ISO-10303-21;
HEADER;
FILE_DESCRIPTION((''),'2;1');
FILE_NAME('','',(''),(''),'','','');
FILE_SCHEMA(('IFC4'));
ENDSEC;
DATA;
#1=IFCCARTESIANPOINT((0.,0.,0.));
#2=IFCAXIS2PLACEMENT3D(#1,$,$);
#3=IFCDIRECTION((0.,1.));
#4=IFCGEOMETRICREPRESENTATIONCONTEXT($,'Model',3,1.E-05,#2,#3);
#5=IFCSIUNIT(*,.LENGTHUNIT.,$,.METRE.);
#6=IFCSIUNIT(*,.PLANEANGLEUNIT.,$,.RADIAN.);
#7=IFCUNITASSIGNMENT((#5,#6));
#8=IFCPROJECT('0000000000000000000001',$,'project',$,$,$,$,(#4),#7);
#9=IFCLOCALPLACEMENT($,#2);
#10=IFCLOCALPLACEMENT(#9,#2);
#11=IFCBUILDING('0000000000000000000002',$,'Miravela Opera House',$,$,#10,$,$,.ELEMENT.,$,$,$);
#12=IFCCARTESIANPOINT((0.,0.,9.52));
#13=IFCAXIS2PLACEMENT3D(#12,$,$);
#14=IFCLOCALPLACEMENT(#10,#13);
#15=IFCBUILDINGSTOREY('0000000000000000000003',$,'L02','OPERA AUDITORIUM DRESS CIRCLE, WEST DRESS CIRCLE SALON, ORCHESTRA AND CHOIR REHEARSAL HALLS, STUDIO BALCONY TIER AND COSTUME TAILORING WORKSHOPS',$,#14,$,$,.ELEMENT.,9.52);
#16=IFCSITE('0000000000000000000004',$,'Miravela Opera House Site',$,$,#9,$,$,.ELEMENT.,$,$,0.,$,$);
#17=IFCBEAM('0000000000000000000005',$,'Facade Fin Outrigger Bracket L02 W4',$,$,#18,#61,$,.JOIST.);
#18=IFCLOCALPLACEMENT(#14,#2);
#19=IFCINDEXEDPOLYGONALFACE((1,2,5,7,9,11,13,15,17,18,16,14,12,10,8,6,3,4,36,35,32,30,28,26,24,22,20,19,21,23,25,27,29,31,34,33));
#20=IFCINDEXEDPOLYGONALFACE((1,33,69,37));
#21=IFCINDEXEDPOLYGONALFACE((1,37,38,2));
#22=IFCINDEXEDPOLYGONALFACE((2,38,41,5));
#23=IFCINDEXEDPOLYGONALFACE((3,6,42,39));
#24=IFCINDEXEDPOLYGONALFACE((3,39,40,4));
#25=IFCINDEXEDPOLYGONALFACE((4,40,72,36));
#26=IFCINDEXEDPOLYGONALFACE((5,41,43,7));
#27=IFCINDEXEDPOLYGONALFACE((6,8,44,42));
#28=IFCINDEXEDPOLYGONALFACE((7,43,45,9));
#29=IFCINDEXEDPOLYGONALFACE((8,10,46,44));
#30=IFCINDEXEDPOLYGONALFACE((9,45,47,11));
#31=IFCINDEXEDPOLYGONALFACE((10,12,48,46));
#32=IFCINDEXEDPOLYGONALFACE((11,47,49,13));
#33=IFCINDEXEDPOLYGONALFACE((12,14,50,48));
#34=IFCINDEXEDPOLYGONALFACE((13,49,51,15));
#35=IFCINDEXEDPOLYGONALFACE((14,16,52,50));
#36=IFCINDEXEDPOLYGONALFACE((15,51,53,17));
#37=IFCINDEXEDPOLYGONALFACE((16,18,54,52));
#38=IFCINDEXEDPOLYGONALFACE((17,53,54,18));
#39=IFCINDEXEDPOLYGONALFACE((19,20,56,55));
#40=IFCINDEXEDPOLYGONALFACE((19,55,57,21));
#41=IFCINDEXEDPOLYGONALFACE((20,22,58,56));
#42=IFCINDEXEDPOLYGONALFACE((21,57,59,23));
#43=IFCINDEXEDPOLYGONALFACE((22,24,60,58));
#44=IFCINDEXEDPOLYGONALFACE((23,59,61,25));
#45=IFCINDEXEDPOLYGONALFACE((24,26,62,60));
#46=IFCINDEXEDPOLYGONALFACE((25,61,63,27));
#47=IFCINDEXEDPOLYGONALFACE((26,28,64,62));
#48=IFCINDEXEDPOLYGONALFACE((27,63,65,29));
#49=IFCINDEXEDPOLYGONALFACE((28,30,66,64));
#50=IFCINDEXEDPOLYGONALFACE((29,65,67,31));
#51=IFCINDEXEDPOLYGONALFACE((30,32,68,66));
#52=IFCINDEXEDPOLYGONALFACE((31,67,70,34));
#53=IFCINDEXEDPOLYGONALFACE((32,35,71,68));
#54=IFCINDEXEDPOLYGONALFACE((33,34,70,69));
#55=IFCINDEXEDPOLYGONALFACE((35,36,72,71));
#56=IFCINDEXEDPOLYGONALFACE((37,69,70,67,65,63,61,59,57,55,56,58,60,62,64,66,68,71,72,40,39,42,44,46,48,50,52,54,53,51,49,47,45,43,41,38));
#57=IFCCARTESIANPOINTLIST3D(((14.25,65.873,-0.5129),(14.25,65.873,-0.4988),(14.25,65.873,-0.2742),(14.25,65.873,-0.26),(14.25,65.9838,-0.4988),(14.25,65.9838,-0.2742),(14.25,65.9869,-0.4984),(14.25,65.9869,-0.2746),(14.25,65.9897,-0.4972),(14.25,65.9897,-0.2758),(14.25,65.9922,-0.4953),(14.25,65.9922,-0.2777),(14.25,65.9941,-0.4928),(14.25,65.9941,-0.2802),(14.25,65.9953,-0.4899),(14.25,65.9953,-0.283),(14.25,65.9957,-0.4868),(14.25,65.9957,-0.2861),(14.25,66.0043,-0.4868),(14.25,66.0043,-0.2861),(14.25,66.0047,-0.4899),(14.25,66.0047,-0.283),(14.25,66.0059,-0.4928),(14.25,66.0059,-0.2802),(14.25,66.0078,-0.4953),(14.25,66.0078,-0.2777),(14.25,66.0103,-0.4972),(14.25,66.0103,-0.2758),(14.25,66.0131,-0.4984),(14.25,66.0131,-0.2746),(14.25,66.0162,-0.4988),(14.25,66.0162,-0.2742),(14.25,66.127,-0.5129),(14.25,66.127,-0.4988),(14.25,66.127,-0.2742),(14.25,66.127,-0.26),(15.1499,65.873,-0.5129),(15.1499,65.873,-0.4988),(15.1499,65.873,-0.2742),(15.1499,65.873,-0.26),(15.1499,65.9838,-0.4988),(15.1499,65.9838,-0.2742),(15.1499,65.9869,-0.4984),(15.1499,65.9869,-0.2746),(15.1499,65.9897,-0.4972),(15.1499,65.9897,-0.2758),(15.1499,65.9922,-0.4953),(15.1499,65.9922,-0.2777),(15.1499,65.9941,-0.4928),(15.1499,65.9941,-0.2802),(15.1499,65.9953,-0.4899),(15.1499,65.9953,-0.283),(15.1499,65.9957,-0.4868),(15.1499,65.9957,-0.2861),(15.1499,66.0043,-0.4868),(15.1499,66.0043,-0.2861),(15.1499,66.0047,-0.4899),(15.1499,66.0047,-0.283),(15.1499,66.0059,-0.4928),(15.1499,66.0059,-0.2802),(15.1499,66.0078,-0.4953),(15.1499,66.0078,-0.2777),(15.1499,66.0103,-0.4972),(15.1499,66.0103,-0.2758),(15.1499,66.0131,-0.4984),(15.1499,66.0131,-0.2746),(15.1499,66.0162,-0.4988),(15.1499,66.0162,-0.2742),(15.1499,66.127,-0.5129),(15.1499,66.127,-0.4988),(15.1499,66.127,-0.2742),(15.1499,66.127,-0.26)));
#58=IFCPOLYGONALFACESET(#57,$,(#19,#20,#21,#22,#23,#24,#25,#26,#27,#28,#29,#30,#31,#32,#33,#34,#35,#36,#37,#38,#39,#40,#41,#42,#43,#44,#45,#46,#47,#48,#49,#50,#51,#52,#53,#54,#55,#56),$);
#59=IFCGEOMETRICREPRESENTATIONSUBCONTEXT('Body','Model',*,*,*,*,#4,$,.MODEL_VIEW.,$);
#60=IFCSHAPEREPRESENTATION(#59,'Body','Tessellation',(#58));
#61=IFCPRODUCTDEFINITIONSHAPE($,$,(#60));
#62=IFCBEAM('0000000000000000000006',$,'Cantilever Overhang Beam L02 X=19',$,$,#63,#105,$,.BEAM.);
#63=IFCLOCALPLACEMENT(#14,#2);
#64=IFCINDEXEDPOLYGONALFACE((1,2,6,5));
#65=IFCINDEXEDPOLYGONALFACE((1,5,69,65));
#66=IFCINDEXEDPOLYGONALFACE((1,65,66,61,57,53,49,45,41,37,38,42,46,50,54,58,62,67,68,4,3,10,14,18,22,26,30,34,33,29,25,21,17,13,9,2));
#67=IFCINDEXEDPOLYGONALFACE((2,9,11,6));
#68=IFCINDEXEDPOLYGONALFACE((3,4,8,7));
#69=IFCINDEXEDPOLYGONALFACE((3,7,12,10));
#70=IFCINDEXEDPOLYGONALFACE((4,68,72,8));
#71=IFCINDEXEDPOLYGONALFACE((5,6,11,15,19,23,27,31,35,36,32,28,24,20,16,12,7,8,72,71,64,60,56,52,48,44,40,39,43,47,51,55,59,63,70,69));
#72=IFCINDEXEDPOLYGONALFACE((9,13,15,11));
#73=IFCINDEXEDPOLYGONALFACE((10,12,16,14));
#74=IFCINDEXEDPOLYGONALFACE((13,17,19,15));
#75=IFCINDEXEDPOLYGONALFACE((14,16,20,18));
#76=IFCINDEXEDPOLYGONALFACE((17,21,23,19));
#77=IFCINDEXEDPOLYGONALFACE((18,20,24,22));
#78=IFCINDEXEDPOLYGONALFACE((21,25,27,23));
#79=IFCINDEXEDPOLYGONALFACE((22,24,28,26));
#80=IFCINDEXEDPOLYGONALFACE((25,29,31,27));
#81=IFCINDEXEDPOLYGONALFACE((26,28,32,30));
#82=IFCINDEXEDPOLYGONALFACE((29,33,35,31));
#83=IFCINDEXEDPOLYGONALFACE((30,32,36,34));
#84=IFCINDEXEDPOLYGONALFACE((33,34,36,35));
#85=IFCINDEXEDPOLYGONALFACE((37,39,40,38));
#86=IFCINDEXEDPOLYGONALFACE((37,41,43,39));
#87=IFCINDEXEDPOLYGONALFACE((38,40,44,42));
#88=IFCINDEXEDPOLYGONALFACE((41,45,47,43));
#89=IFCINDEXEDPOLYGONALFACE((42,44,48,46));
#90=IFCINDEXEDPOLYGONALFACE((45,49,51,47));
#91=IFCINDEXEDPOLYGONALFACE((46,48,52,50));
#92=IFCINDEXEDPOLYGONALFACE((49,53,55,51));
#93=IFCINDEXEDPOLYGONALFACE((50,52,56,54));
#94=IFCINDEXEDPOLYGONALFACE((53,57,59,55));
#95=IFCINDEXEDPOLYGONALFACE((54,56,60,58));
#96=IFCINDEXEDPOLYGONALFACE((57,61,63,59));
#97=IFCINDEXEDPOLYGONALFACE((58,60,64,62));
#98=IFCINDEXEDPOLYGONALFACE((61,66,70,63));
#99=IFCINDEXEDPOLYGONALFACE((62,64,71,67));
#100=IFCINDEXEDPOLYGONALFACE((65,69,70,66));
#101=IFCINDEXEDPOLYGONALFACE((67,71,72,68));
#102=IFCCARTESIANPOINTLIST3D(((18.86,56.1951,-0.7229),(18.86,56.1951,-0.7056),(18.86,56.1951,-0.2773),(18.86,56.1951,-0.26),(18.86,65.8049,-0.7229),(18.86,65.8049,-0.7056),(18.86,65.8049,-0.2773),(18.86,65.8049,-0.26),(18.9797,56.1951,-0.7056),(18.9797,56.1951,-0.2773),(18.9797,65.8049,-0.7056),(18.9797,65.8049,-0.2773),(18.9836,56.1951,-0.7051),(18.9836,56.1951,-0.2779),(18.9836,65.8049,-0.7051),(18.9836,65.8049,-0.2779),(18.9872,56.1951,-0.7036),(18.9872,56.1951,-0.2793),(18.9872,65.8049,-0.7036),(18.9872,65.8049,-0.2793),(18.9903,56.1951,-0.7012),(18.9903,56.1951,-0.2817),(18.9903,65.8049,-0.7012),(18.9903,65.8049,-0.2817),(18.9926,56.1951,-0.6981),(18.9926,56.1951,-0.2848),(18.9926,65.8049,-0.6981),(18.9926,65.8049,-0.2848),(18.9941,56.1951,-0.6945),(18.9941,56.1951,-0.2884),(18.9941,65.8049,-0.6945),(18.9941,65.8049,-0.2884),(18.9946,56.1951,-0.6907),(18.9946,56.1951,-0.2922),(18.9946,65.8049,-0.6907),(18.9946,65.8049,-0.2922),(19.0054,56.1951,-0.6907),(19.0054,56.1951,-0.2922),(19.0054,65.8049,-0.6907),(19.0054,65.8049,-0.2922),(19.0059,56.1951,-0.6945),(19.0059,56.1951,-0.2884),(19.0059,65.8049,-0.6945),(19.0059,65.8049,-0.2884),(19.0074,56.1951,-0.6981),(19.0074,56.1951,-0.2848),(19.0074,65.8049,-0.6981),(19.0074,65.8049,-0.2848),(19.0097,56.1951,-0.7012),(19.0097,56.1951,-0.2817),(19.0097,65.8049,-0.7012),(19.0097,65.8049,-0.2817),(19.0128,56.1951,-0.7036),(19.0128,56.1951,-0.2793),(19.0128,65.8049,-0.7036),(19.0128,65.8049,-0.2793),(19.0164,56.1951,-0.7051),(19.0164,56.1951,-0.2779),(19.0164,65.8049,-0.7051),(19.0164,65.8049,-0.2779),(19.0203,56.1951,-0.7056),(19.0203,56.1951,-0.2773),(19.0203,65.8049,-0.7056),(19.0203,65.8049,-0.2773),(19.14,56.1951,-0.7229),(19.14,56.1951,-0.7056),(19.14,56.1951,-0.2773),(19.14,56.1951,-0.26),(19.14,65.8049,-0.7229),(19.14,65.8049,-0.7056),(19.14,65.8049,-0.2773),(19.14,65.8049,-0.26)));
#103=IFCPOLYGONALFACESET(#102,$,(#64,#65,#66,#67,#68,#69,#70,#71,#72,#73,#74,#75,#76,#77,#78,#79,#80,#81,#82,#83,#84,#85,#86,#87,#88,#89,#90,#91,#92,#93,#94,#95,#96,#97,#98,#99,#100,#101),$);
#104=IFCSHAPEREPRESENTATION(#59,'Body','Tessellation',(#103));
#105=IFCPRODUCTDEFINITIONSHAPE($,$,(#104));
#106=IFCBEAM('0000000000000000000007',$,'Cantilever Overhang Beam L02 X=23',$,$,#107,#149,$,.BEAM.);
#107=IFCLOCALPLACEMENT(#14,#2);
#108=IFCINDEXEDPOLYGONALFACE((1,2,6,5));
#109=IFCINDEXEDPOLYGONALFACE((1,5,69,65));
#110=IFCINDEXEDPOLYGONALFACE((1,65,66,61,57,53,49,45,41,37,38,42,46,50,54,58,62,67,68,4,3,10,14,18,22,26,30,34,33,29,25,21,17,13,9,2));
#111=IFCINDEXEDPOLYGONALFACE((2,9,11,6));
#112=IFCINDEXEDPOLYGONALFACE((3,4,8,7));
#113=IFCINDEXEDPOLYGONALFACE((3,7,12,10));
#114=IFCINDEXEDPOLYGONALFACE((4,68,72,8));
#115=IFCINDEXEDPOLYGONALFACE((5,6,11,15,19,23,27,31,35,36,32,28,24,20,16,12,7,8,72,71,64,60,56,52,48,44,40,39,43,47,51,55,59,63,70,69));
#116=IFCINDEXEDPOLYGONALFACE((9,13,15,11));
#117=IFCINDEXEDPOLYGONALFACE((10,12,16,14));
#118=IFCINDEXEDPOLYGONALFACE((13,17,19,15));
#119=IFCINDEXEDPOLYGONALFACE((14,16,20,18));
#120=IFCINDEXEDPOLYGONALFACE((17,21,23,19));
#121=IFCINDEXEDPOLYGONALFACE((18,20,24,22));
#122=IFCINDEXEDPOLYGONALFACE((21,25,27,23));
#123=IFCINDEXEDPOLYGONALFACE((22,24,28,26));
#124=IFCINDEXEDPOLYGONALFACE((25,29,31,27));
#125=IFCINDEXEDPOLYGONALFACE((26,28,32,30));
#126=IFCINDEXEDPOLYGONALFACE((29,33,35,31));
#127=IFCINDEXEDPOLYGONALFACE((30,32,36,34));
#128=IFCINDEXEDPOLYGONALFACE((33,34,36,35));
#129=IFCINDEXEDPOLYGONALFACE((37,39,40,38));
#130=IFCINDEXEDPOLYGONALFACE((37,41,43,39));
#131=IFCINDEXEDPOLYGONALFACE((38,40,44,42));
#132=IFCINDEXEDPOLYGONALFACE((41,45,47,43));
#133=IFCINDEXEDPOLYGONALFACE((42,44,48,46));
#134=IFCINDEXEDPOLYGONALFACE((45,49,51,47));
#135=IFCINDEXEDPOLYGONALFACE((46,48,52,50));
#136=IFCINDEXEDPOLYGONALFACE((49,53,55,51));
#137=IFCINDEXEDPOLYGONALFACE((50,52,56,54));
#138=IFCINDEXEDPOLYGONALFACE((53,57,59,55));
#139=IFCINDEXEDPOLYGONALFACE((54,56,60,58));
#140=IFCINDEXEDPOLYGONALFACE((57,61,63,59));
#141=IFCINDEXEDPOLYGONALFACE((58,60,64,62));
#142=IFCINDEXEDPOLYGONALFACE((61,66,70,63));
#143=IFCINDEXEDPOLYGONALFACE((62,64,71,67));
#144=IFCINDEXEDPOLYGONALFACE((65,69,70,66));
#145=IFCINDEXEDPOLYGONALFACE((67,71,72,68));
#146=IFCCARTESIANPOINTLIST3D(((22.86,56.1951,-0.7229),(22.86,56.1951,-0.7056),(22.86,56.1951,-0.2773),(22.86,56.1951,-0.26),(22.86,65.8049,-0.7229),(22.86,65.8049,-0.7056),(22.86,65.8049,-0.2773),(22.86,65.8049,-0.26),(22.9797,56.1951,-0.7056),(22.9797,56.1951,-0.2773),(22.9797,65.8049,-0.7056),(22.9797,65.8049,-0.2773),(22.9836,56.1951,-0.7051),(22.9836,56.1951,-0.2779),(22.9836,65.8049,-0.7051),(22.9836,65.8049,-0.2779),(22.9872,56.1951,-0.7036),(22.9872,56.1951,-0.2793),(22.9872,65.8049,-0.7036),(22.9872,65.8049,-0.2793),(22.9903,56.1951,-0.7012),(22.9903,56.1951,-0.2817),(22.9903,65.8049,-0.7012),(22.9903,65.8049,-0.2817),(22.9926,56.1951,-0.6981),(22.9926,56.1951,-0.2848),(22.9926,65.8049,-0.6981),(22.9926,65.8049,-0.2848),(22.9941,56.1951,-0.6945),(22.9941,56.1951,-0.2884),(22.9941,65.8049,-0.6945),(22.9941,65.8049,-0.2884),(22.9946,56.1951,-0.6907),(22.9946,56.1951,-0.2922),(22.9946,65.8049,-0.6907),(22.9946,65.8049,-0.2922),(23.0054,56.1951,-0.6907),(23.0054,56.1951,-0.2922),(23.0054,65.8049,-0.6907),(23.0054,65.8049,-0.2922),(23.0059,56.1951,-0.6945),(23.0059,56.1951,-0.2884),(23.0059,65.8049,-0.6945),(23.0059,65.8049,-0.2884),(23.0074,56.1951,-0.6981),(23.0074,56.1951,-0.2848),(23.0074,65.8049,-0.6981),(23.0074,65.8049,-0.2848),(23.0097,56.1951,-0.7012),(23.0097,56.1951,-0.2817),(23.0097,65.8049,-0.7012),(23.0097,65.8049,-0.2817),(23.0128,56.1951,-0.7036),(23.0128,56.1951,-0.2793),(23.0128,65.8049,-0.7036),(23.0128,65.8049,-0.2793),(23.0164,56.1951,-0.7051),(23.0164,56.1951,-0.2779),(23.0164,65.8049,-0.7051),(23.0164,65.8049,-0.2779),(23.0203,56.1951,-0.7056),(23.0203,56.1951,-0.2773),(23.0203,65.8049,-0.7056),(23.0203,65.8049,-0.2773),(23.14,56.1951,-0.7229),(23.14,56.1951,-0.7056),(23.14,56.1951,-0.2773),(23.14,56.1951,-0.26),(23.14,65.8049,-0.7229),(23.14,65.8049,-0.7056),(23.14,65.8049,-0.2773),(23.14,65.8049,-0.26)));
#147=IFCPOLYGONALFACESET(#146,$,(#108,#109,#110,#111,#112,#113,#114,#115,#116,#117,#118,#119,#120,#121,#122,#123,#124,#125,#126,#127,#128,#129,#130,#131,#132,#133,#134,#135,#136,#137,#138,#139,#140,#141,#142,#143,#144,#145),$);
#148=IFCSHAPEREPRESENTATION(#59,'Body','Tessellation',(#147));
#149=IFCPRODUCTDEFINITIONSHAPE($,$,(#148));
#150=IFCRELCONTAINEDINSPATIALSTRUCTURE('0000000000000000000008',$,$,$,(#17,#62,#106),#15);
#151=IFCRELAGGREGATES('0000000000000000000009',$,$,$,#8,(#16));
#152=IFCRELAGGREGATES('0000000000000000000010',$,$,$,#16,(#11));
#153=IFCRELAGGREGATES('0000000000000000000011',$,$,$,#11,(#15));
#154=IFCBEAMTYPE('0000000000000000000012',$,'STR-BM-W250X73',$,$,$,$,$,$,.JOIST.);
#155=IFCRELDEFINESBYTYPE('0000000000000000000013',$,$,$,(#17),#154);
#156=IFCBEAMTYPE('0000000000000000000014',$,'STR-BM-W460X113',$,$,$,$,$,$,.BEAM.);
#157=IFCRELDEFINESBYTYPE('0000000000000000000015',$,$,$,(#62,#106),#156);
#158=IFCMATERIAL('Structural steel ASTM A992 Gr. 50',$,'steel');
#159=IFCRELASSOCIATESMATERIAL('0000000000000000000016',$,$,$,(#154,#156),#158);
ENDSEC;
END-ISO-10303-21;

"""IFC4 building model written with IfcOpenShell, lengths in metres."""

from ifc_helpers import new_model, si_unit, direction, frame, origin, origin_2d, place, context, subcontext, project, spatial, i_section, extrude, material, material_profile, profile_set, type_object, element, save


model = new_model("IFC4")

# Units and contexts
model_context = context("Model", 3, precision=1e-05, world=origin(), true_north=direction((0.0, 1.0)))
body_context = subcontext(model_context, "Body", "Model", "MODEL_VIEW")
ifc_project = project(units=[si_unit("LENGTHUNIT", "METRE"), si_unit("PLANEANGLEUNIT", "RADIAN")], contexts=[model_context])

# Site, building, storey
site_placement = place(None, origin())
site = spatial("IfcSite", under=ifc_project, at=site_placement, Name="Miravela Opera House Site", CompositionType="ELEMENT", RefElevation=0.0)
building_placement = place(site_placement, origin())
building = spatial("IfcBuilding", under=site, at=building_placement, Name="Miravela Opera House", CompositionType="ELEMENT")
storey_placement = place(building_placement, frame((0.0, 0.0, 9.52)))
storey = spatial("IfcBuildingStorey", under=building, at=storey_placement, Name="L02", Description="OPERA AUDITORIUM DRESS CIRCLE, WEST DRESS CIRCLE SALON, ORCHESTRA AND CHOIR REHEARSAL HALLS, STUDIO BALCONY TIER AND COSTUME TAILORING WORKSHOPS", CompositionType="ELEMENT", Elevation=9.52)

# Beams
ifc_material_1 = material(Name="Structural steel ASTM A992 Gr. 50", Category="steel")
ifc_material_profile_1 = material_profile(ifc_material_1, i_section(OverallWidth=0.2539, OverallDepth=0.2529, WebThickness=0.0085, FlangeThickness=0.0142, FilletRadius=0.012, at=origin_2d()), Name="W250X73")
ifc_profile_set_1 = profile_set([ifc_material_profile_1])
beam_type_1 = type_object("IfcBeamType", Name="STR-BM-W250X73", PredefinedType="JOIST", material=ifc_profile_set_1)
beam_1_placement = place(storey_placement, frame((15.1499, 66.0, -0.3865), z_axis=(-1.0, 0.0, 0.0), x_axis=(0.0, -1.0, 0.0)))
element("IfcBeam", 1, at=beam_1_placement, inside=storey, type_object=beam_type_1, Name="Facade Fin Outrigger Bracket L02 W4", PredefinedType="JOIST", context=body_context, shape_type="SweptSolid", body=[
    extrude(i_section(OverallWidth=0.2539, OverallDepth=0.2529, WebThickness=0.0085, FlangeThickness=0.0142, FilletRadius=0.012, at=origin_2d()), origin(), (0.0, 0.0, 1.0), 0.8999),
])
ifc_material_profile_2 = material_profile(ifc_material_1, i_section(OverallWidth=0.28, OverallDepth=0.4629, WebThickness=0.0107, FlangeThickness=0.0173, FilletRadius=0.0149, at=origin_2d()), Name="W460X113")
ifc_profile_set_2 = profile_set([ifc_material_profile_2])
beam_type_2 = type_object("IfcBeamType", Name="STR-BM-W460X113", PredefinedType="BEAM", material=ifc_profile_set_2)
for number, where, z_axis, x_axis, name in (
    (2, (19.0, 56.1951, -0.4915), (0.0, 1.0, 0.0), (-1.0, 0.0, 0.0), "Cantilever Overhang Beam L02 X=19"),
    (3, (23.0, 56.1951, -0.4915), (0.0, 1.0, 0.0), (-1.0, 0.0, 0.0), "Cantilever Overhang Beam L02 X=23"),
):
    element("IfcBeam", number, at=place(storey_placement, frame(where, z_axis=z_axis, x_axis=x_axis)), inside=storey, type_object=beam_type_2, Name=name, PredefinedType="BEAM", context=body_context, shape_type="SweptSolid", body=[
        extrude(i_section(OverallWidth=0.28, OverallDepth=0.4629, WebThickness=0.0107, FlangeThickness=0.0173, FilletRadius=0.0149, at=origin_2d()), origin(), (0.0, 0.0, 1.0), 9.6099),
    ])

save(model, "model.ifc")
